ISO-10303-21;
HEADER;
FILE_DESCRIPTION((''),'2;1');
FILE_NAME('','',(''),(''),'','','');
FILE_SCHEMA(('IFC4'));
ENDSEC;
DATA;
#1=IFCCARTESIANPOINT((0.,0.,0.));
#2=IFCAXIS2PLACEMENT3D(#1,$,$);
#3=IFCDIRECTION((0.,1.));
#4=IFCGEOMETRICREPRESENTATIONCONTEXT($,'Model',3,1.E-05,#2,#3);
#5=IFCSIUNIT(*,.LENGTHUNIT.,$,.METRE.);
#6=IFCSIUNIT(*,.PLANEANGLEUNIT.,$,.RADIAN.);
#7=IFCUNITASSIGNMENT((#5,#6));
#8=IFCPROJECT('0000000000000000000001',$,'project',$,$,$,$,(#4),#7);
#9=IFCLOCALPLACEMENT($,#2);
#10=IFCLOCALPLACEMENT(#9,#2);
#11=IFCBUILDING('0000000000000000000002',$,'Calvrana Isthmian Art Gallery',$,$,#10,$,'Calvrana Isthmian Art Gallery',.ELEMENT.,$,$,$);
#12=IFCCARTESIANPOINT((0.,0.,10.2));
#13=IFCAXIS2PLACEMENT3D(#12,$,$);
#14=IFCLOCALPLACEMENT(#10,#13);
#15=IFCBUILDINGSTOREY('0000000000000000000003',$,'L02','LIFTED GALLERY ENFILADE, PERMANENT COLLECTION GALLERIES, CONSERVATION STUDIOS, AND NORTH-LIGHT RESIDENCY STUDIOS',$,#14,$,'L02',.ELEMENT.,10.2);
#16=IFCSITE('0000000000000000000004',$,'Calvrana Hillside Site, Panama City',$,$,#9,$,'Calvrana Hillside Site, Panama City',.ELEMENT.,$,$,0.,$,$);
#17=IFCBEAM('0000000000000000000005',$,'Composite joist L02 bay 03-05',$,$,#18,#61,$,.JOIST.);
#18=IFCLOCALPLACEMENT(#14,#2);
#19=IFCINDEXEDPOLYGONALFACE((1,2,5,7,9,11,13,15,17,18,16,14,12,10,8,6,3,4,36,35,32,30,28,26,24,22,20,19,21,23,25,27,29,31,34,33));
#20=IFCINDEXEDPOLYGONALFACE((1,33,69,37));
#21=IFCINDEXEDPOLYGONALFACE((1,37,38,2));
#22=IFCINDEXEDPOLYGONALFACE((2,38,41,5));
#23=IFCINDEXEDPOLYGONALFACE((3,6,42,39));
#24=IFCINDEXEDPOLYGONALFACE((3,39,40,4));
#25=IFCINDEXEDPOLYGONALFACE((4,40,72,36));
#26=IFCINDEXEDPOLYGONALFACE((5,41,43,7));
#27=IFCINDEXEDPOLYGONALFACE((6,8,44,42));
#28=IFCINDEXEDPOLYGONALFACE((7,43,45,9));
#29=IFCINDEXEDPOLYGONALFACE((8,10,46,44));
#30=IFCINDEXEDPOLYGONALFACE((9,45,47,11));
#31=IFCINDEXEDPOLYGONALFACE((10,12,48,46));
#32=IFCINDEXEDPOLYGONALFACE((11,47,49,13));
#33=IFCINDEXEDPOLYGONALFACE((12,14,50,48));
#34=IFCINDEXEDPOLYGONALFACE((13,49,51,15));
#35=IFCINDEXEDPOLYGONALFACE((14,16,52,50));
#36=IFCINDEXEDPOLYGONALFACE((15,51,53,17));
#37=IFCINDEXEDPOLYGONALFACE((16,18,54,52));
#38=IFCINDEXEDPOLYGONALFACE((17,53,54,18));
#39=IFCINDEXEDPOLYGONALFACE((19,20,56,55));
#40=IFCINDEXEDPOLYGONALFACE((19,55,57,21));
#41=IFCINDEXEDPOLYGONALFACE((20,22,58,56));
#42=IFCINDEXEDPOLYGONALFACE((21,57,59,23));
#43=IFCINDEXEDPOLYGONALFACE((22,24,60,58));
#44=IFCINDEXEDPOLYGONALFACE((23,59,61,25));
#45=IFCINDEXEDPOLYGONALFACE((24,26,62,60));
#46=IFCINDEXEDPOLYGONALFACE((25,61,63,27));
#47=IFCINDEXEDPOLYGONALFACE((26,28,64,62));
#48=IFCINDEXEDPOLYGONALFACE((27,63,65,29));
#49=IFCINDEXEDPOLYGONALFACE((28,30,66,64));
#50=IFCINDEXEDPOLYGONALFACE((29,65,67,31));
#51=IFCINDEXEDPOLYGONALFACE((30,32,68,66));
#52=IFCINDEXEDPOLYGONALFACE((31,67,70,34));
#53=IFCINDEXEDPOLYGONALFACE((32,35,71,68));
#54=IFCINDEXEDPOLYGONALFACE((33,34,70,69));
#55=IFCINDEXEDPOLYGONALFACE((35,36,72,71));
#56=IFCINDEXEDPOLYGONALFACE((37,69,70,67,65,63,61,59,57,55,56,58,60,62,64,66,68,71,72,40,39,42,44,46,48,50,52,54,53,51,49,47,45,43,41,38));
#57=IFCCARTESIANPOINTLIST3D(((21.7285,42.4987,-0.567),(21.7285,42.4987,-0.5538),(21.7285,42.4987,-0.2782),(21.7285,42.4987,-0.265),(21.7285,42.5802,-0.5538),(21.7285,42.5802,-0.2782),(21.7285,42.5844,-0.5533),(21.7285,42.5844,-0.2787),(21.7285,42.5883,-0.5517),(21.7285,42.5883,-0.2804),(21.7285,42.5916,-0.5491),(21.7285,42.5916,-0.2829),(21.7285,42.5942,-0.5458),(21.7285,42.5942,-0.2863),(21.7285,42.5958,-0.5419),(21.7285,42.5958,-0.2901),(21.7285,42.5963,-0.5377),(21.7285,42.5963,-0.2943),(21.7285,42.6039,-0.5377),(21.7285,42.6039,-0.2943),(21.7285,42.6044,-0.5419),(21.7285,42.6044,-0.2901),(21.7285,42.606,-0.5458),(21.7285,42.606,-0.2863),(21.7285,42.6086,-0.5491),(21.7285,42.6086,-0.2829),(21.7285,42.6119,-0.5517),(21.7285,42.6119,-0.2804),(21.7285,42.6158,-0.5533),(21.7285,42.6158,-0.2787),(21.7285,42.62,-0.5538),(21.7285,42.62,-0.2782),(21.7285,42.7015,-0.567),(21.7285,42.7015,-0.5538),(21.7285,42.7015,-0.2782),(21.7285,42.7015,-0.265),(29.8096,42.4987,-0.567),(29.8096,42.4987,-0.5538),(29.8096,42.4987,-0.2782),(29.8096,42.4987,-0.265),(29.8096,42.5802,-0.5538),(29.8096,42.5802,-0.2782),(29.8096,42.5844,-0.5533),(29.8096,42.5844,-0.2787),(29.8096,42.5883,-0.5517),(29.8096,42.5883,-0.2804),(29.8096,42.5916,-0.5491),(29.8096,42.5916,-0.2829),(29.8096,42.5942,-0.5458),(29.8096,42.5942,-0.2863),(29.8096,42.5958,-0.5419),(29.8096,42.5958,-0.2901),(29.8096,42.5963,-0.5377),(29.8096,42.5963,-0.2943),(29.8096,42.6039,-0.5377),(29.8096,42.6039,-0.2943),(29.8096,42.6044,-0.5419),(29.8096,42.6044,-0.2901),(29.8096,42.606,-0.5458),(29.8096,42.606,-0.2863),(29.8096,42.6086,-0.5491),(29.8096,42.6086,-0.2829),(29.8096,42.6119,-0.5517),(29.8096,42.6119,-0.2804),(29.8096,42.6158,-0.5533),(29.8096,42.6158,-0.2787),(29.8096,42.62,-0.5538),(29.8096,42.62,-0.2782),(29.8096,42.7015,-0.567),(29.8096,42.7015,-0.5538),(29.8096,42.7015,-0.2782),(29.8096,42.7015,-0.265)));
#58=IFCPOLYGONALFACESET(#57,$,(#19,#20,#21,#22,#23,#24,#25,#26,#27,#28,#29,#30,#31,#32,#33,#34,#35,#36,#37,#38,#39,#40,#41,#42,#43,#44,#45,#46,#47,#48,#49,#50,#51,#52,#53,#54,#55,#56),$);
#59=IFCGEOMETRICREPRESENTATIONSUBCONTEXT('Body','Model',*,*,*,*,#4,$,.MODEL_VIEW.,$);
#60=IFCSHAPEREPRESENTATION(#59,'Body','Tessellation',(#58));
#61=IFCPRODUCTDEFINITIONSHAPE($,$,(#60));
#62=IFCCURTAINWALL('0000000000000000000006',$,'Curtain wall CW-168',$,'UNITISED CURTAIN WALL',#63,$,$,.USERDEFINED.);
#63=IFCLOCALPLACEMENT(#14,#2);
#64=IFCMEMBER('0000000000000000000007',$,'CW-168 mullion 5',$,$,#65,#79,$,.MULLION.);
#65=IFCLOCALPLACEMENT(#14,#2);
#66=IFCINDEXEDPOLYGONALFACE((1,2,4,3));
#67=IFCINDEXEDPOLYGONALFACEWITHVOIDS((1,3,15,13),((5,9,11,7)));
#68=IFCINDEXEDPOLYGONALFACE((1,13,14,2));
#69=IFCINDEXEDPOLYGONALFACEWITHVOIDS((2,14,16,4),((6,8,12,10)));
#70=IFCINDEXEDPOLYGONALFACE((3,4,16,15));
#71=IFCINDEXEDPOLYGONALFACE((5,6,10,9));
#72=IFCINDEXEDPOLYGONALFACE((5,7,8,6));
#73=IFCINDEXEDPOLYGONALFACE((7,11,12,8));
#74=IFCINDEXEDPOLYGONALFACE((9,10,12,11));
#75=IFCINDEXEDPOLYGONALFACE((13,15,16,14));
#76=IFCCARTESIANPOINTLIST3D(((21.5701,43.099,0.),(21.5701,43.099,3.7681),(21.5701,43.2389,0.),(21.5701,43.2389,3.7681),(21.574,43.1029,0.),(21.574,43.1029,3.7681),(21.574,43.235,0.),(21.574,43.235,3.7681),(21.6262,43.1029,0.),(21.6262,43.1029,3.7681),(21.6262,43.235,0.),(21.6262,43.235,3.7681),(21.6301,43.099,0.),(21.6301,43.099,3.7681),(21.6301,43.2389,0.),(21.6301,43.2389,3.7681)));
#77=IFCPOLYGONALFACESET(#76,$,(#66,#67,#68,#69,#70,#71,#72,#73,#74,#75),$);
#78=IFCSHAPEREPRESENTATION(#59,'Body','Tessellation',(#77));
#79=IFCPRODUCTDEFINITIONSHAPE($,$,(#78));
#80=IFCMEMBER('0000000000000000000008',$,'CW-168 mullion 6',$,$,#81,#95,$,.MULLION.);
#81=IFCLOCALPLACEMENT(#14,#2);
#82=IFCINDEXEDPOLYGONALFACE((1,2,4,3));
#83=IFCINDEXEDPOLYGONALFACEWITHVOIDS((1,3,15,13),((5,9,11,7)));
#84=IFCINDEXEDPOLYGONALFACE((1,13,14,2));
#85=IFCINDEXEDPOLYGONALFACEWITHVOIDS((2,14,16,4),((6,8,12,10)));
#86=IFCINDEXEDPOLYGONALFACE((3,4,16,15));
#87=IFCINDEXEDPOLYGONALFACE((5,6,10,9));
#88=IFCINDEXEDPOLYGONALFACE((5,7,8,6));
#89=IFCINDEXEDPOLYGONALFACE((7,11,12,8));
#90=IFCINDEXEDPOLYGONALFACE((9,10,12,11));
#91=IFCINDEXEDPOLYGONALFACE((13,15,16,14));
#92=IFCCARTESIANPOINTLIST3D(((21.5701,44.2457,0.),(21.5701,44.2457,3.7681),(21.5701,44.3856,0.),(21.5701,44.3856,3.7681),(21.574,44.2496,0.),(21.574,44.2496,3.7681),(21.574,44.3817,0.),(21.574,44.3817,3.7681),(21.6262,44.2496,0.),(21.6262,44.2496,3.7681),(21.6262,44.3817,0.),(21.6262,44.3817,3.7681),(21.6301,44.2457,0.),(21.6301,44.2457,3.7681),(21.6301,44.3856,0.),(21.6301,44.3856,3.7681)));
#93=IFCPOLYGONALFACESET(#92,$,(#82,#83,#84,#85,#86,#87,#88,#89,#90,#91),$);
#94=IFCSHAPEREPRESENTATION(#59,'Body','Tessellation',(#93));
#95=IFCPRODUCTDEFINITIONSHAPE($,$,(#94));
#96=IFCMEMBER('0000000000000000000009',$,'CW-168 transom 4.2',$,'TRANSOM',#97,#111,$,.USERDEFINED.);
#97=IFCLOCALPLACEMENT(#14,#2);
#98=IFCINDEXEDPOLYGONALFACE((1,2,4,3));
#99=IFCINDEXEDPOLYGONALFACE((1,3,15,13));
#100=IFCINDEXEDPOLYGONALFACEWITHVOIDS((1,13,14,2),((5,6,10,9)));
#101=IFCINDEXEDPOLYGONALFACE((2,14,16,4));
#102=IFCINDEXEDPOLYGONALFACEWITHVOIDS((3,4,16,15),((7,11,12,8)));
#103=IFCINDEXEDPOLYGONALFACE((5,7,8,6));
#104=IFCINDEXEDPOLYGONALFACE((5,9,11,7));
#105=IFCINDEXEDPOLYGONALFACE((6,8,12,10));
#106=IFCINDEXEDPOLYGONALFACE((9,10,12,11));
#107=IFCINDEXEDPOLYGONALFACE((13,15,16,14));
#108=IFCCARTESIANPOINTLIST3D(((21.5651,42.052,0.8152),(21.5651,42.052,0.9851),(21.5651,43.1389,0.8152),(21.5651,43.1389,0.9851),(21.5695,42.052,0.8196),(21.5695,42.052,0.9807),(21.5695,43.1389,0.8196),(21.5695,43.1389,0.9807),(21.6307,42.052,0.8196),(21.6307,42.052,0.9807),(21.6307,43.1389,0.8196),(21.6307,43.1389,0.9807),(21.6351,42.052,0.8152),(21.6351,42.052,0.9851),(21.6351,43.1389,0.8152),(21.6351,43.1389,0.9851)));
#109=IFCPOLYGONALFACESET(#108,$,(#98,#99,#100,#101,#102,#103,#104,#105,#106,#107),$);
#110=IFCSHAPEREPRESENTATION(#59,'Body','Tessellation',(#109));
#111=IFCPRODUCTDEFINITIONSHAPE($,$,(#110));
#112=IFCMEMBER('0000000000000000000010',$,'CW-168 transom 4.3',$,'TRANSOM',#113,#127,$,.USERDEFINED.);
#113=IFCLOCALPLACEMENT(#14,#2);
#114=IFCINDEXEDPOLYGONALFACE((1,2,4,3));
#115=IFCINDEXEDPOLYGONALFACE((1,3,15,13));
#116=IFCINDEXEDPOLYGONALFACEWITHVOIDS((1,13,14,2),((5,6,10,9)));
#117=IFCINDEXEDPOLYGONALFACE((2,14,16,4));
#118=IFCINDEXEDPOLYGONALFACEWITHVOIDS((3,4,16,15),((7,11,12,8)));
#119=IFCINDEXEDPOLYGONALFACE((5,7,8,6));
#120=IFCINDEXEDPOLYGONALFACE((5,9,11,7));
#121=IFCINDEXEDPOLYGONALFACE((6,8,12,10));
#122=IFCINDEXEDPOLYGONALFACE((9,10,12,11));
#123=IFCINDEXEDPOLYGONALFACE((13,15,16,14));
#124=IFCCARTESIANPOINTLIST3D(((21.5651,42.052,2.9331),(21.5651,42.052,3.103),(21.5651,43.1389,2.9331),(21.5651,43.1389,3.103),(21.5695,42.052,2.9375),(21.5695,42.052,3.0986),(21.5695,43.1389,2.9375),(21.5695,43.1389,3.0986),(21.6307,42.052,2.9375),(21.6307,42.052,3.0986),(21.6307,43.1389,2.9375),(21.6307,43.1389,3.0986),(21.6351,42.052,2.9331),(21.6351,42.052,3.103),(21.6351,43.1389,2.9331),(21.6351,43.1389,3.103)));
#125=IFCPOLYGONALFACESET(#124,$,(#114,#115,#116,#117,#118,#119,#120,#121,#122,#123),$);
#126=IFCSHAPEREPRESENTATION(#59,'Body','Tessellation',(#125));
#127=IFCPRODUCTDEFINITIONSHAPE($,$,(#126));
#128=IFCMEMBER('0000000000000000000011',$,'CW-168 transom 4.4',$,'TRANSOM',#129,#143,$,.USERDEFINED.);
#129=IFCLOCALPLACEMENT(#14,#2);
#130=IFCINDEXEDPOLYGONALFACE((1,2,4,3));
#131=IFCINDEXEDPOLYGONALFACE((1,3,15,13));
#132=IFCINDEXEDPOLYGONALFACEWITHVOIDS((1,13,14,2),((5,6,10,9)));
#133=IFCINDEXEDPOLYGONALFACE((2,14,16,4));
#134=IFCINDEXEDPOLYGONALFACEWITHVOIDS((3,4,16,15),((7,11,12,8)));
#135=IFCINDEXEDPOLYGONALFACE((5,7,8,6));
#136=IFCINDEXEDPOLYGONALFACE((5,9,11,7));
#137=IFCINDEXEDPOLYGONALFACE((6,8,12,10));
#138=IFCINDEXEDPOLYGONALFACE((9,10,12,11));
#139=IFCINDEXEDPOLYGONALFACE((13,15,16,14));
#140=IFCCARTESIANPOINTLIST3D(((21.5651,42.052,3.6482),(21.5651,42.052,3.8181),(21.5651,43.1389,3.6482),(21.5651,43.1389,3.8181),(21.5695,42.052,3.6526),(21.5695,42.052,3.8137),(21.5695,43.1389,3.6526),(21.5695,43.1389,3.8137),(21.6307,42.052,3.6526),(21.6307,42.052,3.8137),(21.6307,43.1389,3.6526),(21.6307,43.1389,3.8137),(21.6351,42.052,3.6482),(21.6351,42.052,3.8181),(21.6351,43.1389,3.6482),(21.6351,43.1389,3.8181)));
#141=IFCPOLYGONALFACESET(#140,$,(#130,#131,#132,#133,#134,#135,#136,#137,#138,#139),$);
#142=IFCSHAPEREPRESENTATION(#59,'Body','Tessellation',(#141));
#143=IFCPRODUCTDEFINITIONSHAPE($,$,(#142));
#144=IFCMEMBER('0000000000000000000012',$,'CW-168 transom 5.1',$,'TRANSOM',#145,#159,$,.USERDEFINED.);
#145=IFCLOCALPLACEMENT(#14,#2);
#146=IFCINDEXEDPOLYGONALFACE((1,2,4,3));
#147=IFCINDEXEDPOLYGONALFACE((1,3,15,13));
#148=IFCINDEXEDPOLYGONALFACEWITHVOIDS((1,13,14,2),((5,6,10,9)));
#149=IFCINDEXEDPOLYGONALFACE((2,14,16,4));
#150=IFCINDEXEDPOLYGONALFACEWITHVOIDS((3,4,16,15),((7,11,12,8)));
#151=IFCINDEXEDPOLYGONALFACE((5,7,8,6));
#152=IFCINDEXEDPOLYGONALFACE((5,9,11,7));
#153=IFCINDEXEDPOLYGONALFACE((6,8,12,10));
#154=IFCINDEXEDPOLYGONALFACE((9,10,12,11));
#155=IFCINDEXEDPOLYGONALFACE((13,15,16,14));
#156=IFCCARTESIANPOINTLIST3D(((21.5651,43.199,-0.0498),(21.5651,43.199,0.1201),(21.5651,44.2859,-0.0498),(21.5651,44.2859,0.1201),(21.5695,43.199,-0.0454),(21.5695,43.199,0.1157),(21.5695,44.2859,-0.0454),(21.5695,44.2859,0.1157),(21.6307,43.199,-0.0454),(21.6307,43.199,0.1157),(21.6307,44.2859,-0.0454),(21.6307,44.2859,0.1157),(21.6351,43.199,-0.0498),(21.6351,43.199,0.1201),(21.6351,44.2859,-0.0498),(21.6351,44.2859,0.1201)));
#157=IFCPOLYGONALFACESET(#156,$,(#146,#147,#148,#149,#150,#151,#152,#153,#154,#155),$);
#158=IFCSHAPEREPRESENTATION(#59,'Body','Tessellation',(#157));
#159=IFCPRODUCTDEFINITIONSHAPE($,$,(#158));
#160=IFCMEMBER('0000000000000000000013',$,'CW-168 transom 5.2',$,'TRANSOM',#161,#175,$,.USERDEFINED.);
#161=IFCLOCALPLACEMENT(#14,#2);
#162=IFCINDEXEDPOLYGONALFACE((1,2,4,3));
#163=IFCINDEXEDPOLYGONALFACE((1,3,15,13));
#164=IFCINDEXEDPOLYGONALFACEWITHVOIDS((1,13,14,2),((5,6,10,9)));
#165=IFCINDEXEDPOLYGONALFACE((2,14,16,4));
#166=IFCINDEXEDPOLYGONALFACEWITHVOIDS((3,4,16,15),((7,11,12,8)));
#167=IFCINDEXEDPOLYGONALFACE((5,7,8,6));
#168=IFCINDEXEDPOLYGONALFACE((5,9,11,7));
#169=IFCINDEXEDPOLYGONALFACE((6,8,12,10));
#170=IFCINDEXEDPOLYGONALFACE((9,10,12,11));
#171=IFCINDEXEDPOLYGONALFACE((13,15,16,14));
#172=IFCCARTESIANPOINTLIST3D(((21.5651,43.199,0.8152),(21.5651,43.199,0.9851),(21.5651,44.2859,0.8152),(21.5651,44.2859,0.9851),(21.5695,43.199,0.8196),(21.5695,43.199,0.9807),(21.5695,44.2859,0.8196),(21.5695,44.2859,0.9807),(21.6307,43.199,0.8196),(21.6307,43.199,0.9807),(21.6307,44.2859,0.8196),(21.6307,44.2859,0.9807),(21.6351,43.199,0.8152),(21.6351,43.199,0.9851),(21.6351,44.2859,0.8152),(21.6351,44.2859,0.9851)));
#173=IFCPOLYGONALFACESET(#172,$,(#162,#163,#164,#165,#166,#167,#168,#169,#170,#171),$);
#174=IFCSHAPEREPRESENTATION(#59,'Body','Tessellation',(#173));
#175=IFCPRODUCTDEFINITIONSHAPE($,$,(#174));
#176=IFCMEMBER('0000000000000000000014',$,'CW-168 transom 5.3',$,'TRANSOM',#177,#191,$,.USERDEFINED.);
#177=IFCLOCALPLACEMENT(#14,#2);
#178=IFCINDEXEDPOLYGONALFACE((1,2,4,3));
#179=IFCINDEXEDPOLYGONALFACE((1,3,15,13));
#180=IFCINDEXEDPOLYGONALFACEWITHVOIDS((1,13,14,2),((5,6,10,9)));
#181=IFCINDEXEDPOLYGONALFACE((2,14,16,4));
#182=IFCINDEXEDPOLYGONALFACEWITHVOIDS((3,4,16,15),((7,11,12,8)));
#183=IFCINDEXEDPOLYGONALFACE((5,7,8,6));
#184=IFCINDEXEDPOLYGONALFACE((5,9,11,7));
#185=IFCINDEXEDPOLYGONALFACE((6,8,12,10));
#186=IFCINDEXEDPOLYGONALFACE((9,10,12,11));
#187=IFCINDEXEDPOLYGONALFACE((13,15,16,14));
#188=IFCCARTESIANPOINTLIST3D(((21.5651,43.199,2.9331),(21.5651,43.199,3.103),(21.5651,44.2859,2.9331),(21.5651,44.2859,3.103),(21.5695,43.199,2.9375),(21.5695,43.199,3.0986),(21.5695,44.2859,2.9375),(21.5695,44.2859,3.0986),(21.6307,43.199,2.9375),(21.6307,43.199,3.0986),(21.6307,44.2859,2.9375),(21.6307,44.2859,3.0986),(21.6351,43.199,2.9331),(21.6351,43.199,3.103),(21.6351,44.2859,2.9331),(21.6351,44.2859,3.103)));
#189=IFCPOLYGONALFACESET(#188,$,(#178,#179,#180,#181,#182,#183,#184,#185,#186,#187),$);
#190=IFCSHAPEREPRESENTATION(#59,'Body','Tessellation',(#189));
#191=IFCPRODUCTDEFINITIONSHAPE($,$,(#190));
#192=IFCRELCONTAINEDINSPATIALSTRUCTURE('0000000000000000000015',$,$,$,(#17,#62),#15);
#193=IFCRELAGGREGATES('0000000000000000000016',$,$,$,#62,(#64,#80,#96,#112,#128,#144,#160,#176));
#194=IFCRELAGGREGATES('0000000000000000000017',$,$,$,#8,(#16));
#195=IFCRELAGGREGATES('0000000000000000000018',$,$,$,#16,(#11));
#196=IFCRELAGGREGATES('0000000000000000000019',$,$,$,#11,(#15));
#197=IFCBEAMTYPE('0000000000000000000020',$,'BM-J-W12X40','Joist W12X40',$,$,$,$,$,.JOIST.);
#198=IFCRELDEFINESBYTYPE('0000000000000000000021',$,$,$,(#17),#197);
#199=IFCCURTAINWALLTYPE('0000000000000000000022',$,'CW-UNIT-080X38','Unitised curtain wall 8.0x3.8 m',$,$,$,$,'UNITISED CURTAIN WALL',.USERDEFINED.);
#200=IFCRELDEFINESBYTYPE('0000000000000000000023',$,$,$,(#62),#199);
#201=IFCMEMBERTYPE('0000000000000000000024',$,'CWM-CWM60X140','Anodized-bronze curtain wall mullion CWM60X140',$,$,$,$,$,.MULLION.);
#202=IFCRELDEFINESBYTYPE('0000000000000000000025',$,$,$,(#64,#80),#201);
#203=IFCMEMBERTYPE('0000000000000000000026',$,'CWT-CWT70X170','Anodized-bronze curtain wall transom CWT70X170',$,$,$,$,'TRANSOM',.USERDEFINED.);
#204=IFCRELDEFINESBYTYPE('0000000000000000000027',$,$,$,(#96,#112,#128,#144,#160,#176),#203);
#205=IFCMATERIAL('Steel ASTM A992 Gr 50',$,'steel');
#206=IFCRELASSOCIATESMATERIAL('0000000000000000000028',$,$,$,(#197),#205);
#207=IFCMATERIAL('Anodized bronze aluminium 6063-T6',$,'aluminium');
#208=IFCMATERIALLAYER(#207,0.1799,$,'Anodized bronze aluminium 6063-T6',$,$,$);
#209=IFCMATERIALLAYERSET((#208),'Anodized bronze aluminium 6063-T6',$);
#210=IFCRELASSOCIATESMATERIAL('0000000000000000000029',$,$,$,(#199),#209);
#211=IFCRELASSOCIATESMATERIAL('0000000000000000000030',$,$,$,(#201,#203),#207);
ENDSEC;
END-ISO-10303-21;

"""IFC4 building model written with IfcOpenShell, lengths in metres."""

from ifc_helpers import new_model, si_unit, direction, frame, origin, origin_2d, place, context, subcontext, project, spatial, hollow_rectangle, i_section, extrude, material, layer, layer_set, material_profile, profile_set, type_object, element, aggregate, save


model = new_model("IFC4")

# Units and contexts
model_context = context("Model", 3, precision=1e-05, world=origin(), true_north=direction((0.0, 1.0)))
body_context = subcontext(model_context, "Body", "Model", "MODEL_VIEW")
ifc_project = project(units=[si_unit("LENGTHUNIT", "METRE"), si_unit("PLANEANGLEUNIT", "RADIAN")], contexts=[model_context])

# Site, building, storey
site_placement = place(None, origin())
site = spatial("IfcSite", under=ifc_project, at=site_placement, Name="Calvrana Hillside Site, Panama City", LongName="Calvrana Hillside Site, Panama City", CompositionType="ELEMENT", RefElevation=0.0)
building_placement = place(site_placement, origin())
building = spatial("IfcBuilding", under=site, at=building_placement, Name="Calvrana Isthmian Art Gallery", LongName="Calvrana Isthmian Art Gallery", CompositionType="ELEMENT")
storey_placement = place(building_placement, frame((0.0, 0.0, 10.2)))
storey = spatial("IfcBuildingStorey", under=building, at=storey_placement, Name="L02", Description="LIFTED GALLERY ENFILADE, PERMANENT COLLECTION GALLERIES, CONSERVATION STUDIOS, AND NORTH-LIGHT RESIDENCY STUDIOS", LongName="L02", CompositionType="ELEMENT", Elevation=10.2)

# Beam
ifc_material_1 = material(Name="Steel ASTM A992 Gr 50", Category="steel")
ifc_material_profile_1 = material_profile(ifc_material_1, i_section(OverallWidth=0.2029, OverallDepth=0.302, WebThickness=0.0076, FlangeThickness=0.0132, FilletRadius=0.0161, at=origin_2d()), Name="W12X40")
ifc_profile_set_1 = profile_set([ifc_material_profile_1], Name="Steel ASTM A992 Gr 50")
beam_type = type_object("IfcBeamType", Name="BM-J-W12X40", Description="Joist W12X40", PredefinedType="JOIST", material=ifc_profile_set_1)
beam_placement = place(storey_placement, frame((21.7285, 42.6001, -0.416), z_axis=(1.0, 0.0, 0.0), x_axis=(0.0, 1.0, 0.0)))
element("IfcBeam", 1, at=beam_placement, inside=storey, type_object=beam_type, Name="Composite joist L02 bay 03-05", PredefinedType="JOIST", context=body_context, shape_type="SweptSolid", body=[
    extrude(i_section(OverallWidth=0.2029, OverallDepth=0.302, WebThickness=0.0076, FlangeThickness=0.0132, FilletRadius=0.0161, at=origin_2d()), origin(), (0.0, 0.0, 1.0), 8.0811),
])

# Curtain wall, members
ifc_material_2 = material(Name="Anodized bronze aluminium 6063-T6", Category="aluminium")
ifc_layer_1 = layer(ifc_material_2, 0.1799, Name="Anodized bronze aluminium 6063-T6")
ifc_layer_set_1 = layer_set([ifc_layer_1], Name="Anodized bronze aluminium 6063-T6")
curtain_wall_type = type_object("IfcCurtainWallType", Name="CW-UNIT-080X38", Description="Unitised curtain wall 8.0x3.8 m", ElementType="UNITISED CURTAIN WALL", PredefinedType="USERDEFINED", material=ifc_layer_set_1)
curtain_wall_placement = place(storey_placement, origin())
curtain_wall = element("IfcCurtainWall", 2, at=curtain_wall_placement, inside=storey, type_object=curtain_wall_type, Name="Curtain wall CW-168", ObjectType="UNITISED CURTAIN WALL", PredefinedType="USERDEFINED")
ifc_material_profile_2 = material_profile(ifc_material_2, hollow_rectangle(XDim=0.0601, YDim=0.1399, WallThickness=0.0039, at=origin_2d()), Name="CWM60X140")
ifc_profile_set_2 = profile_set([ifc_material_profile_2], Name="Anodized bronze aluminium 6063-T6")
member_type_1 = type_object("IfcMemberType", Name="CWM-CWM60X140", Description="Anodized-bronze curtain wall mullion CWM60X140", PredefinedType="MULLION", material=ifc_profile_set_2)
member_1_placement = place(storey_placement, frame((21.6001, 43.1689, 0.0), z_axis=(0.0, 0.0, 1.0), x_axis=(-1.0, 0.0, 0.0)))
member_1 = element("IfcMember", 3, at=member_1_placement, type_object=member_type_1, Name="CW-168 mullion 5", PredefinedType="MULLION", context=body_context, shape_type="SweptSolid", body=[
    extrude(hollow_rectangle(XDim=0.0601, YDim=0.1399, WallThickness=0.0039, at=origin_2d()), origin(), (0.0, 0.0, 1.0), 3.7681),
])
member_2_placement = place(storey_placement, frame((21.6001, 44.3157, 0.0), z_axis=(0.0, 0.0, 1.0), x_axis=(-1.0, 0.0, 0.0)))
member_2 = element("IfcMember", 4, at=member_2_placement, type_object=member_type_1, Name="CW-168 mullion 6", PredefinedType="MULLION", context=body_context, shape_type="SweptSolid", body=[
    extrude(hollow_rectangle(XDim=0.0601, YDim=0.1399, WallThickness=0.0039, at=origin_2d()), origin(), (0.0, 0.0, 1.0), 3.7681),
])
ifc_material_profile_3 = material_profile(ifc_material_2, hollow_rectangle(XDim=0.0701, YDim=0.1699, WallThickness=0.0044, at=origin_2d()), Name="CWT70X170")
ifc_profile_set_3 = profile_set([ifc_material_profile_3], Name="Anodized bronze aluminium 6063-T6")
member_type_2 = type_object("IfcMemberType", Name="CWT-CWT70X170", Description="Anodized-bronze curtain wall transom CWT70X170", ElementType="TRANSOM", PredefinedType="USERDEFINED", material=ifc_profile_set_3)
member_3_placement = place(storey_placement, frame((21.6001, 42.052, 0.9001), z_axis=(0.0, 1.0, 0.0), x_axis=(-1.0, 0.0, 0.0)))
member_3 = element("IfcMember", 5, at=member_3_placement, type_object=member_type_2, Name="CW-168 transom 4.2", ObjectType="TRANSOM", PredefinedType="USERDEFINED", context=body_context, shape_type="SweptSolid", body=[
    extrude(hollow_rectangle(XDim=0.0701, YDim=0.1699, WallThickness=0.0044, at=origin_2d()), origin(), (0.0, 0.0, 1.0), 1.0869),
])
member_4_placement = place(storey_placement, frame((21.6001, 42.052, 3.0181), z_axis=(0.0, 1.0, 0.0), x_axis=(-1.0, 0.0, 0.0)))
member_4 = element("IfcMember", 6, at=member_4_placement, type_object=member_type_2, Name="CW-168 transom 4.3", ObjectType="TRANSOM", PredefinedType="USERDEFINED", context=body_context, shape_type="SweptSolid", body=[
    extrude(hollow_rectangle(XDim=0.0701, YDim=0.1699, WallThickness=0.0044, at=origin_2d()), origin(), (0.0, 0.0, 1.0), 1.0869),
])
member_5_placement = place(storey_placement, frame((21.6001, 42.052, 3.7332), z_axis=(0.0, 1.0, 0.0), x_axis=(-1.0, 0.0, 0.0)))
member_5 = element("IfcMember", 7, at=member_5_placement, type_object=member_type_2, Name="CW-168 transom 4.4", ObjectType="TRANSOM", PredefinedType="USERDEFINED", context=body_context, shape_type="SweptSolid", body=[
    extrude(hollow_rectangle(XDim=0.0701, YDim=0.1699, WallThickness=0.0044, at=origin_2d()), origin(), (0.0, 0.0, 1.0), 1.0869),
])
member_6_placement = place(storey_placement, frame((21.6001, 43.199, 0.0352), z_axis=(0.0, 1.0, 0.0), x_axis=(-1.0, 0.0, 0.0)))
member_6 = element("IfcMember", 8, at=member_6_placement, type_object=member_type_2, Name="CW-168 transom 5.1", ObjectType="TRANSOM", PredefinedType="USERDEFINED", context=body_context, shape_type="SweptSolid", body=[
    extrude(hollow_rectangle(XDim=0.0701, YDim=0.1699, WallThickness=0.0044, at=origin_2d()), origin(), (0.0, 0.0, 1.0), 1.0869),
])
member_7_placement = place(storey_placement, frame((21.6001, 43.199, 0.9001), z_axis=(0.0, 1.0, 0.0), x_axis=(-1.0, 0.0, 0.0)))
member_7 = element("IfcMember", 9, at=member_7_placement, type_object=member_type_2, Name="CW-168 transom 5.2", ObjectType="TRANSOM", PredefinedType="USERDEFINED", context=body_context, shape_type="SweptSolid", body=[
    extrude(hollow_rectangle(XDim=0.0701, YDim=0.1699, WallThickness=0.0044, at=origin_2d()), origin(), (0.0, 0.0, 1.0), 1.0869),
])
member_8_placement = place(storey_placement, frame((21.6001, 43.199, 3.0181), z_axis=(0.0, 1.0, 0.0), x_axis=(-1.0, 0.0, 0.0)))
member_8 = element("IfcMember", 10, at=member_8_placement, type_object=member_type_2, Name="CW-168 transom 5.3", ObjectType="TRANSOM", PredefinedType="USERDEFINED", context=body_context, shape_type="SweptSolid", body=[
    extrude(hollow_rectangle(XDim=0.0701, YDim=0.1699, WallThickness=0.0044, at=origin_2d()), origin(), (0.0, 0.0, 1.0), 1.0869),
])
aggregate(curtain_wall, [member_1, member_2, member_3, member_4, member_5, member_6, member_7, member_8])

save(model, "model.ifc")
